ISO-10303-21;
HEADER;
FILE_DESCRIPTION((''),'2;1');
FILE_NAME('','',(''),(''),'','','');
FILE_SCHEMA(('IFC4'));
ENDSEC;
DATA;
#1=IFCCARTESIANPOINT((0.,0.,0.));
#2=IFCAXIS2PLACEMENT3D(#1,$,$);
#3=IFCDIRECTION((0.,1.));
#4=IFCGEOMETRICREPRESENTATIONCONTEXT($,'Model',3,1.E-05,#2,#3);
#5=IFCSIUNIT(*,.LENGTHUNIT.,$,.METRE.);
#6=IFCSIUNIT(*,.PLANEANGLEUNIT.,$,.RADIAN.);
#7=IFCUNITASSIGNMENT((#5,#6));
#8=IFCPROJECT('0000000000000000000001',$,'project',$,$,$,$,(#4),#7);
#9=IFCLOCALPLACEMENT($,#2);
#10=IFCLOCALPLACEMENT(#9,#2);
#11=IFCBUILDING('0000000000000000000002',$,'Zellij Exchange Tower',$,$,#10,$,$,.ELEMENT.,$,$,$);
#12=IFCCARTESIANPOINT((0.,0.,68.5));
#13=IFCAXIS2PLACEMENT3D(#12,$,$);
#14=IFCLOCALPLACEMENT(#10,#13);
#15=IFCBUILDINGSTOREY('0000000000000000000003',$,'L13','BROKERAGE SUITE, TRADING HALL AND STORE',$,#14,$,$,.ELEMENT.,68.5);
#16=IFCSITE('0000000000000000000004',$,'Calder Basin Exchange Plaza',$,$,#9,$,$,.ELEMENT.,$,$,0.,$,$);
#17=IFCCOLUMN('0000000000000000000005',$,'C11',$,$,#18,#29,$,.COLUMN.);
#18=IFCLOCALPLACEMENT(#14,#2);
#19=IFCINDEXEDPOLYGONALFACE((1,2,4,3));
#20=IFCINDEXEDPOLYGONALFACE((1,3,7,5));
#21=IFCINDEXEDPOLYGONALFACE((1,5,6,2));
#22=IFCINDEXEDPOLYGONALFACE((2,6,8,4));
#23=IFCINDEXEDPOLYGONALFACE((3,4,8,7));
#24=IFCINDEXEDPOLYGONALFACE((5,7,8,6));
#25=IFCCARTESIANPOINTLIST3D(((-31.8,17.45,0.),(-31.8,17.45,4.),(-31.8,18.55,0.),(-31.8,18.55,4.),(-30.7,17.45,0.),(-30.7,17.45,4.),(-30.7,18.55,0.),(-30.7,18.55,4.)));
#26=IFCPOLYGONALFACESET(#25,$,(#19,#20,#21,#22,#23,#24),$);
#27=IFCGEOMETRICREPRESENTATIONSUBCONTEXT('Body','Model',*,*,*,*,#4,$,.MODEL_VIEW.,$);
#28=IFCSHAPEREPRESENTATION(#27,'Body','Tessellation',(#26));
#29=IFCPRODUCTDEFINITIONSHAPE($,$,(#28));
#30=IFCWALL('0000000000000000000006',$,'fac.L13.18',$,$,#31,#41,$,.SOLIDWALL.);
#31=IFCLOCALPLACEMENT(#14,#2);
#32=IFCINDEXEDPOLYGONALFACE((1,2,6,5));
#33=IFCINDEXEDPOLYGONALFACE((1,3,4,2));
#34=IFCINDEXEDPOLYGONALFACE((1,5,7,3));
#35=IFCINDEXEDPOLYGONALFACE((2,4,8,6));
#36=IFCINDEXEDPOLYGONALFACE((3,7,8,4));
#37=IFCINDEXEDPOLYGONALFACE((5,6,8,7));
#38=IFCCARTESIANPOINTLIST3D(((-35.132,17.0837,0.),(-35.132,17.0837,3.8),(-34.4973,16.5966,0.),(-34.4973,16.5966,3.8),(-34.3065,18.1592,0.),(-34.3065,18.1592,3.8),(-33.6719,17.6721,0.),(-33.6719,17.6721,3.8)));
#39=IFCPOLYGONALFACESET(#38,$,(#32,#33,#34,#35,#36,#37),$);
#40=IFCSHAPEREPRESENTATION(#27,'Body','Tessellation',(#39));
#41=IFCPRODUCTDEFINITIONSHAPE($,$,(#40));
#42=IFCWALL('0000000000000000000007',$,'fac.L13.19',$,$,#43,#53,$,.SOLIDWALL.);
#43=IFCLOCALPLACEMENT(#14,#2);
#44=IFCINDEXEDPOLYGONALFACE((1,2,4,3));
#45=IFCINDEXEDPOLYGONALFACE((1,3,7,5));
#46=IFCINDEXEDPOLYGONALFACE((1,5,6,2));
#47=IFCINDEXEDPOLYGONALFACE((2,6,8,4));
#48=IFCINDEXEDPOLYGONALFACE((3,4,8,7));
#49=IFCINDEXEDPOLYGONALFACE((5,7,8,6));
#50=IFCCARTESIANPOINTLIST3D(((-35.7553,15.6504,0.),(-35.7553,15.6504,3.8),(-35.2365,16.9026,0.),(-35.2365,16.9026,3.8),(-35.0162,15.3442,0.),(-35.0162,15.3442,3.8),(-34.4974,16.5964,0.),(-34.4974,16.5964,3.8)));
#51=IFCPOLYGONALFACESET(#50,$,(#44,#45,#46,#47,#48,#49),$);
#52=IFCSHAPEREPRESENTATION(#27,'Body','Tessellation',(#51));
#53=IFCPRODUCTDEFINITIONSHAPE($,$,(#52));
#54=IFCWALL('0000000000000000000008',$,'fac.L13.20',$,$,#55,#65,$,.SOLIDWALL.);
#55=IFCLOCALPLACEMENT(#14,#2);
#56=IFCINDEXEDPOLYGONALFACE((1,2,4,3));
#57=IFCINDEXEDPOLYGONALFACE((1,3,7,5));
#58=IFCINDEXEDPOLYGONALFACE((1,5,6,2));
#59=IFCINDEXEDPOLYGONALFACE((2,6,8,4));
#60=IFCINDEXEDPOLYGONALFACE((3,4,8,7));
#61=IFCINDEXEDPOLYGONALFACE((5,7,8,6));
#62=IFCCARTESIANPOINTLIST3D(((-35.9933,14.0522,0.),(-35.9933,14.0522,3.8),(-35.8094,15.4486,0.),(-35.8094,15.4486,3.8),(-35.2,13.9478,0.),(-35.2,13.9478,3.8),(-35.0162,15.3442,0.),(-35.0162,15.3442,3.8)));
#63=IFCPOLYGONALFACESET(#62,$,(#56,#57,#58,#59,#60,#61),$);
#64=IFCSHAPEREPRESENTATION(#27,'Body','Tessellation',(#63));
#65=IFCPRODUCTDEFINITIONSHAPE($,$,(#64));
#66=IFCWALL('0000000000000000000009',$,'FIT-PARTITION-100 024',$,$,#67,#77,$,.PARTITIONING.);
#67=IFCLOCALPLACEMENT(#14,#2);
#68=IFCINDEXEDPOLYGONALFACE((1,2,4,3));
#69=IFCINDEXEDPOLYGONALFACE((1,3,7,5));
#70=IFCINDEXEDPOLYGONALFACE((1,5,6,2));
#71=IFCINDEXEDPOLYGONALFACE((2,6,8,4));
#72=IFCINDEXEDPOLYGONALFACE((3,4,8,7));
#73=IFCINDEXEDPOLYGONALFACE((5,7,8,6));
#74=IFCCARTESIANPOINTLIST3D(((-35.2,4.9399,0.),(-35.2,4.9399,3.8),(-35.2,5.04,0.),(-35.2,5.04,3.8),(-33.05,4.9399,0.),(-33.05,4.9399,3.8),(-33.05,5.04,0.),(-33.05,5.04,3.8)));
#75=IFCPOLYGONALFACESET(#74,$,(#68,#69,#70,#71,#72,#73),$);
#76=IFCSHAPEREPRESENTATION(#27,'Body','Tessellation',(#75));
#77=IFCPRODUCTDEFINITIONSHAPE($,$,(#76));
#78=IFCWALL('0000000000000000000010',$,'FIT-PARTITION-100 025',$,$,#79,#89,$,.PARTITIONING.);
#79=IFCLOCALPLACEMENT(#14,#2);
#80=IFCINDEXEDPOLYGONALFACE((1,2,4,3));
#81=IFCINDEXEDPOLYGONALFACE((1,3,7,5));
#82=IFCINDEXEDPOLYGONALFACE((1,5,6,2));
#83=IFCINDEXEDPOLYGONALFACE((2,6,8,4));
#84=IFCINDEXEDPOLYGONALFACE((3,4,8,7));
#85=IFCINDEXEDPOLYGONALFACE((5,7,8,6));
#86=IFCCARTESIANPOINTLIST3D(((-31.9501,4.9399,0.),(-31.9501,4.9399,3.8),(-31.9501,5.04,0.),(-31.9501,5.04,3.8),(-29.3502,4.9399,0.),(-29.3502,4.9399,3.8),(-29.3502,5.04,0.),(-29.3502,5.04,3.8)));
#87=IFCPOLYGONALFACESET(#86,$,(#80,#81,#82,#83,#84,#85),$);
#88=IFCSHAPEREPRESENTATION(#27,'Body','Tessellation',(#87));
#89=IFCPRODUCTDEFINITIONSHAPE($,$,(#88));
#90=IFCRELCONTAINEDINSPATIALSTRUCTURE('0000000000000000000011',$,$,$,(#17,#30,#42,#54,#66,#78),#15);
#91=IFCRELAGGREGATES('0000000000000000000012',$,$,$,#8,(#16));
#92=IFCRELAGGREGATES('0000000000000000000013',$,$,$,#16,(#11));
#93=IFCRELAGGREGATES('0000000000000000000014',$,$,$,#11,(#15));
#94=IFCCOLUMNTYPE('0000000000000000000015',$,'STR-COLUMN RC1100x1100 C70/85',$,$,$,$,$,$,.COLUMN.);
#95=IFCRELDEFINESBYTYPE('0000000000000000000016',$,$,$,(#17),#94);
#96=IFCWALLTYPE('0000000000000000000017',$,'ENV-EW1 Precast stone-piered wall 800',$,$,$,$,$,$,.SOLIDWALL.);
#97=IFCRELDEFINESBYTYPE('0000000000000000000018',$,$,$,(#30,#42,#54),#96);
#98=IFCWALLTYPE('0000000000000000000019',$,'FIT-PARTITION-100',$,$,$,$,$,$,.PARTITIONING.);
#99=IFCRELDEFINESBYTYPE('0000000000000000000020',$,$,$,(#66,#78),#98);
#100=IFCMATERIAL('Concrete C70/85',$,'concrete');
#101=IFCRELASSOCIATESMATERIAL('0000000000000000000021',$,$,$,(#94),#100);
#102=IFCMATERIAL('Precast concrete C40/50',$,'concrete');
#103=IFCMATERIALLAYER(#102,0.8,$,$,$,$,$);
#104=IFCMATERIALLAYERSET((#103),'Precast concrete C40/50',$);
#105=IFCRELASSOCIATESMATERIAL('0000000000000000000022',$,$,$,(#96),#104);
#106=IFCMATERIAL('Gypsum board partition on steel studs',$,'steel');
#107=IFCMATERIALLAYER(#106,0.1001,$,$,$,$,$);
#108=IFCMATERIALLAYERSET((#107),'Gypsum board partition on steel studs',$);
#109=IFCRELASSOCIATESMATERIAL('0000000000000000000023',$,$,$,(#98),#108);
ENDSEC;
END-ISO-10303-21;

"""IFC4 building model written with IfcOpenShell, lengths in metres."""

from ifc_helpers import new_model, si_unit, direction, frame, frame_2d, origin, origin_2d, place, context, subcontext, project, spatial, rectangle, extrude, material, layer, layer_set, material_profile, profile_set, type_object, element, save


model = new_model("IFC4")

# Units and contexts
model_context = context("Model", 3, precision=1e-05, world=origin(), true_north=direction((0.0, 1.0)))
body_context = subcontext(model_context, "Body", "Model", "MODEL_VIEW")
ifc_project = project(units=[si_unit("LENGTHUNIT", "METRE"), si_unit("PLANEANGLEUNIT", "RADIAN")], contexts=[model_context])

# Site, building, storey
site_placement = place(None, origin())
site = spatial("IfcSite", under=ifc_project, at=site_placement, Name="Calder Basin Exchange Plaza", CompositionType="ELEMENT", RefElevation=0.0)
building_placement = place(site_placement, origin())
building = spatial("IfcBuilding", under=site, at=building_placement, Name="Zellij Exchange Tower", CompositionType="ELEMENT")
storey_placement = place(building_placement, frame((0.0, 0.0, 68.5)))
storey = spatial("IfcBuildingStorey", under=building, at=storey_placement, Name="L13", Description="BROKERAGE SUITE, TRADING HALL AND STORE", CompositionType="ELEMENT", Elevation=68.5)

# Column
ifc_material_1 = material(Name="Concrete C70/85", Category="concrete")
ifc_material_profile = material_profile(ifc_material_1, rectangle(XDim=1.1001, YDim=1.1001, at=origin_2d()), Name="STR-COLUMN RC1100x1100 C70/85")
ifc_profile_set = profile_set([ifc_material_profile], Name="Concrete C70/85")
column_type = type_object("IfcColumnType", Name="STR-COLUMN RC1100x1100 C70/85", PredefinedType="COLUMN", material=ifc_profile_set)
column_placement = place(storey_placement, frame((-31.25, 18.0, 0.0), z_axis=(0.0, 0.0, 1.0), x_axis=(1.0, 0.0, 0.0)))
element("IfcColumn", 1, at=column_placement, inside=storey, type_object=column_type, Name="C11", PredefinedType="COLUMN", context=body_context, shape_type="SweptSolid", body=[
    extrude(rectangle(XDim=1.1001, YDim=1.1001, at=origin_2d()), origin(), (0.0, 0.0, 1.0), 4.0),
])

# Walls
ifc_material_2 = material(Name="Precast concrete C40/50", Category="concrete")
ifc_layer_1 = layer(ifc_material_2, 0.8)
ifc_layer_set_1 = layer_set([ifc_layer_1], Name="Precast concrete C40/50")
wall_type_1 = type_object("IfcWallType", Name="ENV-EW1 Precast stone-piered wall 800", PredefinedType="SOLIDWALL", material=ifc_layer_set_1)
wall_1_placement = place(storey_placement, frame((-33.9893, 17.9155, 0.0), z_axis=(0.0, 0.0, 1.0), x_axis=(-0.608866, -0.793273, 0.0)))
element("IfcWall", 2, at=wall_1_placement, inside=storey, type_object=wall_type_1, Name="fac.L13.18", PredefinedType="SOLIDWALL", context=body_context, shape_type="SweptSolid", body=[
    extrude(rectangle(XDim=1.3557, YDim=0.8, at=frame_2d((0.6777, 0.0))), origin(), (0.0, 0.0, 1.0), 3.8),
])
wall_2_placement = place(storey_placement, frame((-34.8669, 16.7495, 0.0), z_axis=(0.0, 0.0, 1.0), x_axis=(-0.38276, -0.923848, 0.0)))
element("IfcWall", 3, at=wall_2_placement, inside=storey, type_object=wall_type_1, Name="fac.L13.19", PredefinedType="SOLIDWALL", context=body_context, shape_type="SweptSolid", body=[
    extrude(rectangle(XDim=1.3555, YDim=0.8, at=frame_2d((0.6777, 0.0))), origin(), (0.0, 0.0, 1.0), 3.8),
])
wall_3_placement = place(storey_placement, frame((-35.4128, 15.3962, 0.0), z_axis=(0.0, 0.0, 1.0), x_axis=(-0.130517, -0.991446, 0.0)))
element("IfcWall", 4, at=wall_3_placement, inside=storey, type_object=wall_type_1, Name="fac.L13.20", PredefinedType="SOLIDWALL", context=body_context, shape_type="SweptSolid", body=[
    extrude(rectangle(XDim=1.4084, YDim=0.8, at=frame_2d((0.7041, 0.0))), origin(), (0.0, 0.0, 1.0), 3.8),
])

# Walls
ifc_material_3 = material(Name="Gypsum board partition on steel studs", Category="steel")
ifc_layer_2 = layer(ifc_material_3, 0.1001)
ifc_layer_set_2 = layer_set([ifc_layer_2], Name="Gypsum board partition on steel studs")
wall_type_2 = type_object("IfcWallType", Name="FIT-PARTITION-100", PredefinedType="PARTITIONING", material=ifc_layer_set_2)
wall_4_placement = place(storey_placement, frame((-35.2, 4.99, 0.0), z_axis=(0.0, 0.0, 1.0), x_axis=(1.0, 0.0, 0.0)))
element("IfcWall", 5, at=wall_4_placement, inside=storey, type_object=wall_type_2, Name="FIT-PARTITION-100 024", PredefinedType="PARTITIONING", context=body_context, shape_type="SweptSolid", body=[
    extrude(rectangle(XDim=2.1499, YDim=0.1001, at=frame_2d((1.075, 0.0))), origin(), (0.0, 0.0, 1.0), 3.8),
])
wall_5_placement = place(storey_placement, frame((-31.95, 4.99, 0.0), z_axis=(0.0, 0.0, 1.0), x_axis=(1.0, 0.0, 0.0)))
element("IfcWall", 6, at=wall_5_placement, inside=storey, type_object=wall_type_2, Name="FIT-PARTITION-100 025", PredefinedType="PARTITIONING", context=body_context, shape_type="SweptSolid", body=[
    extrude(rectangle(XDim=2.5999, YDim=0.1001, at=frame_2d((1.2998, 0.0))), origin(), (0.0, 0.0, 1.0), 3.8),
])

save(model, "model.ifc")
